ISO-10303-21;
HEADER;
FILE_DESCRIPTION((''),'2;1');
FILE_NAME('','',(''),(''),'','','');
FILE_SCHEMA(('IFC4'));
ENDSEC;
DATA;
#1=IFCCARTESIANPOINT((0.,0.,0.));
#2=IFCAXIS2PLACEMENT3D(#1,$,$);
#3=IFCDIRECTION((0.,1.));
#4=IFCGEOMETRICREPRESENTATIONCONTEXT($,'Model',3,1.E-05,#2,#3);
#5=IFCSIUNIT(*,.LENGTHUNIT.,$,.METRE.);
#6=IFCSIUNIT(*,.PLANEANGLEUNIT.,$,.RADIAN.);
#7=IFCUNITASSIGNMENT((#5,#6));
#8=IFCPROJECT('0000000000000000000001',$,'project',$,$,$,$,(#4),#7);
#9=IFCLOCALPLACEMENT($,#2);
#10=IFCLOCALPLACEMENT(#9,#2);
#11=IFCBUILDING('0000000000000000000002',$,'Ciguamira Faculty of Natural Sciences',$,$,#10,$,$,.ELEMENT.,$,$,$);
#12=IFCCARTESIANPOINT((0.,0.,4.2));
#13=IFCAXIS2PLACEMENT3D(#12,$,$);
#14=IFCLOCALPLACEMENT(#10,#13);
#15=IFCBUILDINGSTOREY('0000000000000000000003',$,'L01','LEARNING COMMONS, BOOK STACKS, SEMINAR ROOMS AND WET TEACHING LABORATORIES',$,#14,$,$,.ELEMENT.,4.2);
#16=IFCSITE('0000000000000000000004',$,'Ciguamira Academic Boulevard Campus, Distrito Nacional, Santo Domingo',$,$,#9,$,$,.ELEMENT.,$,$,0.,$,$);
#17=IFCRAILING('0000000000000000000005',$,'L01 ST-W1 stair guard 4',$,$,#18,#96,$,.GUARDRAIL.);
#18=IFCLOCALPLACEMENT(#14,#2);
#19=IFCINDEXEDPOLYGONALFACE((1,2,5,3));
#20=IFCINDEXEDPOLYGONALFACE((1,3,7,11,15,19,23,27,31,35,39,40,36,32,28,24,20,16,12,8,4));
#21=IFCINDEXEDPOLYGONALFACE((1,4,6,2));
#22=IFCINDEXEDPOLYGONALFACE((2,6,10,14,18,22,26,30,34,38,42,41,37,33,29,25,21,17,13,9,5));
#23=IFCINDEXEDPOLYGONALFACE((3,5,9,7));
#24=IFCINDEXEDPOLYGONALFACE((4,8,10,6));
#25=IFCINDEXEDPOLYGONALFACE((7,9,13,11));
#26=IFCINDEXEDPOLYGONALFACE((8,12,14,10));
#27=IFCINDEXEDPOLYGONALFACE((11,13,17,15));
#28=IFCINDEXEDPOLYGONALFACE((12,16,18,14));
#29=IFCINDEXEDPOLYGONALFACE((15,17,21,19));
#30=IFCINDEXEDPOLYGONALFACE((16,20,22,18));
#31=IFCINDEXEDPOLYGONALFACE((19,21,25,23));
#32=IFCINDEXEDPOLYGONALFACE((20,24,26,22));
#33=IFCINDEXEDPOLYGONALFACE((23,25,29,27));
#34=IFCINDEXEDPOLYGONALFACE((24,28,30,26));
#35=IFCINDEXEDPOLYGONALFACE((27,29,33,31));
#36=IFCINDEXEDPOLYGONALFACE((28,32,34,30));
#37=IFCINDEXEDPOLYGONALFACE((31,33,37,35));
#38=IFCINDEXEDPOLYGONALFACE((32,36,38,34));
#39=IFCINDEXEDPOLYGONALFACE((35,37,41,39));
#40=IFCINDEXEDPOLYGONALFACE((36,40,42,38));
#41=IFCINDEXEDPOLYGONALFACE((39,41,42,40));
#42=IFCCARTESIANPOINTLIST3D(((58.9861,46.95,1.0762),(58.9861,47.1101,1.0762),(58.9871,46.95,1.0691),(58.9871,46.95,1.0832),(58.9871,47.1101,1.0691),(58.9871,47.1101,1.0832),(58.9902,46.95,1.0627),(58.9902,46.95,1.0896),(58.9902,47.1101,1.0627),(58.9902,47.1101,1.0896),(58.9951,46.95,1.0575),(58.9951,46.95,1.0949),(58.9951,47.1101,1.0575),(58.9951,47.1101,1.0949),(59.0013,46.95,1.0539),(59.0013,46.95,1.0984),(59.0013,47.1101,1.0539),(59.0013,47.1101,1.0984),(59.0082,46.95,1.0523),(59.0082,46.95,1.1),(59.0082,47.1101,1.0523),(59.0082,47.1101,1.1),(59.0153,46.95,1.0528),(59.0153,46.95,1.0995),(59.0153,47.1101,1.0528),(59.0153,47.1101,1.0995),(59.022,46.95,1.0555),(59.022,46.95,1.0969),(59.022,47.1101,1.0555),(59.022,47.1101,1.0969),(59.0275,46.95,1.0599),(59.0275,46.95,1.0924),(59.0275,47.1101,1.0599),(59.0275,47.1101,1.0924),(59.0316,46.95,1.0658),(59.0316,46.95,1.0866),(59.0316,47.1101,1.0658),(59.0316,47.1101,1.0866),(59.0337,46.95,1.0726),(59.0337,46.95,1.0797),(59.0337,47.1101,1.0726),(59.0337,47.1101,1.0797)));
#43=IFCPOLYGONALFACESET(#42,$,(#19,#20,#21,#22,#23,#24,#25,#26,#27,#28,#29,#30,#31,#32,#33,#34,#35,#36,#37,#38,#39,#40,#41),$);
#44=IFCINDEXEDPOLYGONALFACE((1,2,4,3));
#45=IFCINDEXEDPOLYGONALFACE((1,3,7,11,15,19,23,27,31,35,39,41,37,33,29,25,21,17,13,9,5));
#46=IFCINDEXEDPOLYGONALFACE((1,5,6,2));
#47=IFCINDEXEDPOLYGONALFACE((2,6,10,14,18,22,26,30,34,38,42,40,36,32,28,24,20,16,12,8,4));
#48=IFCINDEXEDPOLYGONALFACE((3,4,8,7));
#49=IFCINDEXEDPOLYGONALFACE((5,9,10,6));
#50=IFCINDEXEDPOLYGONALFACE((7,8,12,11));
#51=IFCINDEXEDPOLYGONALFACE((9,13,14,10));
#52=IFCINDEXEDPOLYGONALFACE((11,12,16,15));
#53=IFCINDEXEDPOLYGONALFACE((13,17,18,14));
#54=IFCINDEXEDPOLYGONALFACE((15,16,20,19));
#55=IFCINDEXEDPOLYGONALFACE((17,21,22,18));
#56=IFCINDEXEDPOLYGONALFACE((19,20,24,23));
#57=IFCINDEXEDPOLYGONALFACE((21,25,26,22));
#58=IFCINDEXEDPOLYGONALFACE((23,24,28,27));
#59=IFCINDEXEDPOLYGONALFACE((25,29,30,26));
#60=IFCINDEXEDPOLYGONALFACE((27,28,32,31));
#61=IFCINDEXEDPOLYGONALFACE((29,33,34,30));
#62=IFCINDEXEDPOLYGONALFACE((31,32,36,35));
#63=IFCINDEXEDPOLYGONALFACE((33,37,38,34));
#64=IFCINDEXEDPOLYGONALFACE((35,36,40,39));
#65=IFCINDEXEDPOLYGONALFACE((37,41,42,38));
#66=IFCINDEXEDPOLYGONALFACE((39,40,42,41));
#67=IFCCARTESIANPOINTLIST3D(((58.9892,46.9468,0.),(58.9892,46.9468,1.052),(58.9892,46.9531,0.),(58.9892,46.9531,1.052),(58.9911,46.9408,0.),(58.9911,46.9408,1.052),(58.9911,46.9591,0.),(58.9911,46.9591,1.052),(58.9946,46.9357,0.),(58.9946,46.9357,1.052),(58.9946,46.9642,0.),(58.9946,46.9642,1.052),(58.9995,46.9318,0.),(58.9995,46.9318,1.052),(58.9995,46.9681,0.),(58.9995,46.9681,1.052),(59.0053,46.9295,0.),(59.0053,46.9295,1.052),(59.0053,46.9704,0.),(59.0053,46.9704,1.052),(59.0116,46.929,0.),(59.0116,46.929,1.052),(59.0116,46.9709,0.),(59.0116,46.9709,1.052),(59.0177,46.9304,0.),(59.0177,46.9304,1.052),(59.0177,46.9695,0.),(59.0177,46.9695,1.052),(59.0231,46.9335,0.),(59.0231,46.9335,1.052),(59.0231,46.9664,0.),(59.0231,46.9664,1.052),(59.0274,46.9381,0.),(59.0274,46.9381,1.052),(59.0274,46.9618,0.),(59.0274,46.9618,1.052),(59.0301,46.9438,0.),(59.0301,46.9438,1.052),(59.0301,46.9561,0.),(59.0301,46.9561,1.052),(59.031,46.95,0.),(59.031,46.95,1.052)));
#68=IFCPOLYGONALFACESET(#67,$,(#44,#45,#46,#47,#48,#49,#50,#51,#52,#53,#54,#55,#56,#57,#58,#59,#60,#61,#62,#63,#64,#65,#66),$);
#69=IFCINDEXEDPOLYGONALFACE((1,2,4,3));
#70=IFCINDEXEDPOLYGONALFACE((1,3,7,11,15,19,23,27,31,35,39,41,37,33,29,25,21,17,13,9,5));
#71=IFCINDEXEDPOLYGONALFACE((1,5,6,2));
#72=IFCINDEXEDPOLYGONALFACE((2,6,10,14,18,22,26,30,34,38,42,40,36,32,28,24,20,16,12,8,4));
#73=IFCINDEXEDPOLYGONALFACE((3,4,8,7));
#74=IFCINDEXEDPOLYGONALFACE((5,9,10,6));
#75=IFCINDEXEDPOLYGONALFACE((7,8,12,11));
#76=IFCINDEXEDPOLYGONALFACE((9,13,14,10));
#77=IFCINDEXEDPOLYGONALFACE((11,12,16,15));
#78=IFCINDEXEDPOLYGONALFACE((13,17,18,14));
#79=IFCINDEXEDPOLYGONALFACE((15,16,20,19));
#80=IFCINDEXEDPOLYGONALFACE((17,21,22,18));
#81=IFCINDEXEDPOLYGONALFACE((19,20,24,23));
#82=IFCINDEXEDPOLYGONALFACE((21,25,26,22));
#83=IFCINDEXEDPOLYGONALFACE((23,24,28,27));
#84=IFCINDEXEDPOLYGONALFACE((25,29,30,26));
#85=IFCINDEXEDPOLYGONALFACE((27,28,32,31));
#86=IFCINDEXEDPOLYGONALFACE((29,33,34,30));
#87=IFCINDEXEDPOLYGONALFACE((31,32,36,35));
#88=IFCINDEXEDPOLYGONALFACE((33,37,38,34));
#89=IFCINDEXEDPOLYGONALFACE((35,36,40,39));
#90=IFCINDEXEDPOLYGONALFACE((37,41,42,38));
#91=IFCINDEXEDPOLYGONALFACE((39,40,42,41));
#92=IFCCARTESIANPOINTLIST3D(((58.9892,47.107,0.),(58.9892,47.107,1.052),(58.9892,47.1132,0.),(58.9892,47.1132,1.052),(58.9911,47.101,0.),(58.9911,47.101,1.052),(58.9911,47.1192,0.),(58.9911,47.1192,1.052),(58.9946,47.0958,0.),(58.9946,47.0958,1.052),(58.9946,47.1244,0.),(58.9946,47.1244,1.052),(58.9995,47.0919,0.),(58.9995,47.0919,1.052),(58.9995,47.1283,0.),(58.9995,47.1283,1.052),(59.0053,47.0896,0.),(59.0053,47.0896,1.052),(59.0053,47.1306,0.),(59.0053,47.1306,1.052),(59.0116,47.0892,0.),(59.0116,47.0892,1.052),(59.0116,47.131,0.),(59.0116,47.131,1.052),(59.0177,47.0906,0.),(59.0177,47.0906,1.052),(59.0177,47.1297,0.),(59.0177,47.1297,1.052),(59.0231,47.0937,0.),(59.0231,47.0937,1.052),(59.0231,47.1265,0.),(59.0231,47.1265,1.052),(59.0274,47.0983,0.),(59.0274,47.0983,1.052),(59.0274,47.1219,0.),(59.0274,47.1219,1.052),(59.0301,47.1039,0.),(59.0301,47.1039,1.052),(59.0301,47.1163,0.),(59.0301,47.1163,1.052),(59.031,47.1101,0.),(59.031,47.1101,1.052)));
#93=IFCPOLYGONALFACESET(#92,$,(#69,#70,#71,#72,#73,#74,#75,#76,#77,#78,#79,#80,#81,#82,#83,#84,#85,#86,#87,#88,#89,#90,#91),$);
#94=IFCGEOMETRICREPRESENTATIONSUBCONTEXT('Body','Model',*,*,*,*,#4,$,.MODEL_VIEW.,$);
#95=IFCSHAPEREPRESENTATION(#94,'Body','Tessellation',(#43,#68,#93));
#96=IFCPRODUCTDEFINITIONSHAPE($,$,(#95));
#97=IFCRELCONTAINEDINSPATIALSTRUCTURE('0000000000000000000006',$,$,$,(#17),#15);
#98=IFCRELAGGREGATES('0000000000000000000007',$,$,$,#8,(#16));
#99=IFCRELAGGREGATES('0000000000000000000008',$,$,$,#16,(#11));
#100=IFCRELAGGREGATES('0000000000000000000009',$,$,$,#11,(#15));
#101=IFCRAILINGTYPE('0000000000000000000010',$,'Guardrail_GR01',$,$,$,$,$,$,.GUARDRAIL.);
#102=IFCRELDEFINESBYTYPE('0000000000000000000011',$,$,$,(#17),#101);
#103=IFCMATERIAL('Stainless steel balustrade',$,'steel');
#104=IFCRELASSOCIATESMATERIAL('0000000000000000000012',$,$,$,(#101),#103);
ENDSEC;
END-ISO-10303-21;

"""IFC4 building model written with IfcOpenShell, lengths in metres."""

from ifc_helpers import new_model, si_unit, direction, frame, origin, origin_2d, place, context, subcontext, project, spatial, circle, extrude, material, type_object, element, save


model = new_model("IFC4")

# Units and contexts
model_context = context("Model", 3, precision=1e-05, world=origin(), true_north=direction((0.0, 1.0)))
body_context = subcontext(model_context, "Body", "Model", "MODEL_VIEW")
ifc_project = project(units=[si_unit("LENGTHUNIT", "METRE"), si_unit("PLANEANGLEUNIT", "RADIAN")], contexts=[model_context])

# Site, building, storey
site_placement = place(None, origin())
site = spatial("IfcSite", under=ifc_project, at=site_placement, Name="Ciguamira Academic Boulevard Campus, Distrito Nacional, Santo Domingo", CompositionType="ELEMENT", RefElevation=0.0)
building_placement = place(site_placement, origin())
building = spatial("IfcBuilding", under=site, at=building_placement, Name="Ciguamira Faculty of Natural Sciences", CompositionType="ELEMENT")
storey_placement = place(building_placement, frame((0.0, 0.0, 4.2)))
storey = spatial("IfcBuildingStorey", under=building, at=storey_placement, Name="L01", Description="LEARNING COMMONS, BOOK STACKS, SEMINAR ROOMS AND WET TEACHING LABORATORIES", CompositionType="ELEMENT", Elevation=4.2)

# Railing
ifc_material_1 = material(Name="Stainless steel balustrade", Category="steel")
railing_type_1 = type_object("IfcRailingType", Name="Guardrail_GR01", PredefinedType="GUARDRAIL", material=ifc_material_1)
railing_1_placement = place(storey_placement, frame((59.01, 46.95, 0.0)))
element("IfcRailing", 1, at=railing_1_placement, inside=storey, type_object=railing_type_1, Name="L01 ST-W1 stair guard 4", PredefinedType="GUARDRAIL", context=body_context, shape_type="SweptSolid", body=[
    extrude(circle(Radius=0.0239, at=origin_2d()), frame((0.0, 0.0, 1.0762), z_axis=(0.0, 1.0, 0.0), x_axis=(-1.0, 0.0, 0.0)), (0.0, 0.0, 1.0), 0.1602),
    extrude(circle(Radius=0.021, at=origin_2d()), origin(), (0.0, 0.0, 1.0), 1.052),
    extrude(circle(Radius=0.021, at=origin_2d()), frame((0.0, 0.1602, 0.0)), (0.0, 0.0, 1.0), 1.052),
])

save(model, "model.ifc")
